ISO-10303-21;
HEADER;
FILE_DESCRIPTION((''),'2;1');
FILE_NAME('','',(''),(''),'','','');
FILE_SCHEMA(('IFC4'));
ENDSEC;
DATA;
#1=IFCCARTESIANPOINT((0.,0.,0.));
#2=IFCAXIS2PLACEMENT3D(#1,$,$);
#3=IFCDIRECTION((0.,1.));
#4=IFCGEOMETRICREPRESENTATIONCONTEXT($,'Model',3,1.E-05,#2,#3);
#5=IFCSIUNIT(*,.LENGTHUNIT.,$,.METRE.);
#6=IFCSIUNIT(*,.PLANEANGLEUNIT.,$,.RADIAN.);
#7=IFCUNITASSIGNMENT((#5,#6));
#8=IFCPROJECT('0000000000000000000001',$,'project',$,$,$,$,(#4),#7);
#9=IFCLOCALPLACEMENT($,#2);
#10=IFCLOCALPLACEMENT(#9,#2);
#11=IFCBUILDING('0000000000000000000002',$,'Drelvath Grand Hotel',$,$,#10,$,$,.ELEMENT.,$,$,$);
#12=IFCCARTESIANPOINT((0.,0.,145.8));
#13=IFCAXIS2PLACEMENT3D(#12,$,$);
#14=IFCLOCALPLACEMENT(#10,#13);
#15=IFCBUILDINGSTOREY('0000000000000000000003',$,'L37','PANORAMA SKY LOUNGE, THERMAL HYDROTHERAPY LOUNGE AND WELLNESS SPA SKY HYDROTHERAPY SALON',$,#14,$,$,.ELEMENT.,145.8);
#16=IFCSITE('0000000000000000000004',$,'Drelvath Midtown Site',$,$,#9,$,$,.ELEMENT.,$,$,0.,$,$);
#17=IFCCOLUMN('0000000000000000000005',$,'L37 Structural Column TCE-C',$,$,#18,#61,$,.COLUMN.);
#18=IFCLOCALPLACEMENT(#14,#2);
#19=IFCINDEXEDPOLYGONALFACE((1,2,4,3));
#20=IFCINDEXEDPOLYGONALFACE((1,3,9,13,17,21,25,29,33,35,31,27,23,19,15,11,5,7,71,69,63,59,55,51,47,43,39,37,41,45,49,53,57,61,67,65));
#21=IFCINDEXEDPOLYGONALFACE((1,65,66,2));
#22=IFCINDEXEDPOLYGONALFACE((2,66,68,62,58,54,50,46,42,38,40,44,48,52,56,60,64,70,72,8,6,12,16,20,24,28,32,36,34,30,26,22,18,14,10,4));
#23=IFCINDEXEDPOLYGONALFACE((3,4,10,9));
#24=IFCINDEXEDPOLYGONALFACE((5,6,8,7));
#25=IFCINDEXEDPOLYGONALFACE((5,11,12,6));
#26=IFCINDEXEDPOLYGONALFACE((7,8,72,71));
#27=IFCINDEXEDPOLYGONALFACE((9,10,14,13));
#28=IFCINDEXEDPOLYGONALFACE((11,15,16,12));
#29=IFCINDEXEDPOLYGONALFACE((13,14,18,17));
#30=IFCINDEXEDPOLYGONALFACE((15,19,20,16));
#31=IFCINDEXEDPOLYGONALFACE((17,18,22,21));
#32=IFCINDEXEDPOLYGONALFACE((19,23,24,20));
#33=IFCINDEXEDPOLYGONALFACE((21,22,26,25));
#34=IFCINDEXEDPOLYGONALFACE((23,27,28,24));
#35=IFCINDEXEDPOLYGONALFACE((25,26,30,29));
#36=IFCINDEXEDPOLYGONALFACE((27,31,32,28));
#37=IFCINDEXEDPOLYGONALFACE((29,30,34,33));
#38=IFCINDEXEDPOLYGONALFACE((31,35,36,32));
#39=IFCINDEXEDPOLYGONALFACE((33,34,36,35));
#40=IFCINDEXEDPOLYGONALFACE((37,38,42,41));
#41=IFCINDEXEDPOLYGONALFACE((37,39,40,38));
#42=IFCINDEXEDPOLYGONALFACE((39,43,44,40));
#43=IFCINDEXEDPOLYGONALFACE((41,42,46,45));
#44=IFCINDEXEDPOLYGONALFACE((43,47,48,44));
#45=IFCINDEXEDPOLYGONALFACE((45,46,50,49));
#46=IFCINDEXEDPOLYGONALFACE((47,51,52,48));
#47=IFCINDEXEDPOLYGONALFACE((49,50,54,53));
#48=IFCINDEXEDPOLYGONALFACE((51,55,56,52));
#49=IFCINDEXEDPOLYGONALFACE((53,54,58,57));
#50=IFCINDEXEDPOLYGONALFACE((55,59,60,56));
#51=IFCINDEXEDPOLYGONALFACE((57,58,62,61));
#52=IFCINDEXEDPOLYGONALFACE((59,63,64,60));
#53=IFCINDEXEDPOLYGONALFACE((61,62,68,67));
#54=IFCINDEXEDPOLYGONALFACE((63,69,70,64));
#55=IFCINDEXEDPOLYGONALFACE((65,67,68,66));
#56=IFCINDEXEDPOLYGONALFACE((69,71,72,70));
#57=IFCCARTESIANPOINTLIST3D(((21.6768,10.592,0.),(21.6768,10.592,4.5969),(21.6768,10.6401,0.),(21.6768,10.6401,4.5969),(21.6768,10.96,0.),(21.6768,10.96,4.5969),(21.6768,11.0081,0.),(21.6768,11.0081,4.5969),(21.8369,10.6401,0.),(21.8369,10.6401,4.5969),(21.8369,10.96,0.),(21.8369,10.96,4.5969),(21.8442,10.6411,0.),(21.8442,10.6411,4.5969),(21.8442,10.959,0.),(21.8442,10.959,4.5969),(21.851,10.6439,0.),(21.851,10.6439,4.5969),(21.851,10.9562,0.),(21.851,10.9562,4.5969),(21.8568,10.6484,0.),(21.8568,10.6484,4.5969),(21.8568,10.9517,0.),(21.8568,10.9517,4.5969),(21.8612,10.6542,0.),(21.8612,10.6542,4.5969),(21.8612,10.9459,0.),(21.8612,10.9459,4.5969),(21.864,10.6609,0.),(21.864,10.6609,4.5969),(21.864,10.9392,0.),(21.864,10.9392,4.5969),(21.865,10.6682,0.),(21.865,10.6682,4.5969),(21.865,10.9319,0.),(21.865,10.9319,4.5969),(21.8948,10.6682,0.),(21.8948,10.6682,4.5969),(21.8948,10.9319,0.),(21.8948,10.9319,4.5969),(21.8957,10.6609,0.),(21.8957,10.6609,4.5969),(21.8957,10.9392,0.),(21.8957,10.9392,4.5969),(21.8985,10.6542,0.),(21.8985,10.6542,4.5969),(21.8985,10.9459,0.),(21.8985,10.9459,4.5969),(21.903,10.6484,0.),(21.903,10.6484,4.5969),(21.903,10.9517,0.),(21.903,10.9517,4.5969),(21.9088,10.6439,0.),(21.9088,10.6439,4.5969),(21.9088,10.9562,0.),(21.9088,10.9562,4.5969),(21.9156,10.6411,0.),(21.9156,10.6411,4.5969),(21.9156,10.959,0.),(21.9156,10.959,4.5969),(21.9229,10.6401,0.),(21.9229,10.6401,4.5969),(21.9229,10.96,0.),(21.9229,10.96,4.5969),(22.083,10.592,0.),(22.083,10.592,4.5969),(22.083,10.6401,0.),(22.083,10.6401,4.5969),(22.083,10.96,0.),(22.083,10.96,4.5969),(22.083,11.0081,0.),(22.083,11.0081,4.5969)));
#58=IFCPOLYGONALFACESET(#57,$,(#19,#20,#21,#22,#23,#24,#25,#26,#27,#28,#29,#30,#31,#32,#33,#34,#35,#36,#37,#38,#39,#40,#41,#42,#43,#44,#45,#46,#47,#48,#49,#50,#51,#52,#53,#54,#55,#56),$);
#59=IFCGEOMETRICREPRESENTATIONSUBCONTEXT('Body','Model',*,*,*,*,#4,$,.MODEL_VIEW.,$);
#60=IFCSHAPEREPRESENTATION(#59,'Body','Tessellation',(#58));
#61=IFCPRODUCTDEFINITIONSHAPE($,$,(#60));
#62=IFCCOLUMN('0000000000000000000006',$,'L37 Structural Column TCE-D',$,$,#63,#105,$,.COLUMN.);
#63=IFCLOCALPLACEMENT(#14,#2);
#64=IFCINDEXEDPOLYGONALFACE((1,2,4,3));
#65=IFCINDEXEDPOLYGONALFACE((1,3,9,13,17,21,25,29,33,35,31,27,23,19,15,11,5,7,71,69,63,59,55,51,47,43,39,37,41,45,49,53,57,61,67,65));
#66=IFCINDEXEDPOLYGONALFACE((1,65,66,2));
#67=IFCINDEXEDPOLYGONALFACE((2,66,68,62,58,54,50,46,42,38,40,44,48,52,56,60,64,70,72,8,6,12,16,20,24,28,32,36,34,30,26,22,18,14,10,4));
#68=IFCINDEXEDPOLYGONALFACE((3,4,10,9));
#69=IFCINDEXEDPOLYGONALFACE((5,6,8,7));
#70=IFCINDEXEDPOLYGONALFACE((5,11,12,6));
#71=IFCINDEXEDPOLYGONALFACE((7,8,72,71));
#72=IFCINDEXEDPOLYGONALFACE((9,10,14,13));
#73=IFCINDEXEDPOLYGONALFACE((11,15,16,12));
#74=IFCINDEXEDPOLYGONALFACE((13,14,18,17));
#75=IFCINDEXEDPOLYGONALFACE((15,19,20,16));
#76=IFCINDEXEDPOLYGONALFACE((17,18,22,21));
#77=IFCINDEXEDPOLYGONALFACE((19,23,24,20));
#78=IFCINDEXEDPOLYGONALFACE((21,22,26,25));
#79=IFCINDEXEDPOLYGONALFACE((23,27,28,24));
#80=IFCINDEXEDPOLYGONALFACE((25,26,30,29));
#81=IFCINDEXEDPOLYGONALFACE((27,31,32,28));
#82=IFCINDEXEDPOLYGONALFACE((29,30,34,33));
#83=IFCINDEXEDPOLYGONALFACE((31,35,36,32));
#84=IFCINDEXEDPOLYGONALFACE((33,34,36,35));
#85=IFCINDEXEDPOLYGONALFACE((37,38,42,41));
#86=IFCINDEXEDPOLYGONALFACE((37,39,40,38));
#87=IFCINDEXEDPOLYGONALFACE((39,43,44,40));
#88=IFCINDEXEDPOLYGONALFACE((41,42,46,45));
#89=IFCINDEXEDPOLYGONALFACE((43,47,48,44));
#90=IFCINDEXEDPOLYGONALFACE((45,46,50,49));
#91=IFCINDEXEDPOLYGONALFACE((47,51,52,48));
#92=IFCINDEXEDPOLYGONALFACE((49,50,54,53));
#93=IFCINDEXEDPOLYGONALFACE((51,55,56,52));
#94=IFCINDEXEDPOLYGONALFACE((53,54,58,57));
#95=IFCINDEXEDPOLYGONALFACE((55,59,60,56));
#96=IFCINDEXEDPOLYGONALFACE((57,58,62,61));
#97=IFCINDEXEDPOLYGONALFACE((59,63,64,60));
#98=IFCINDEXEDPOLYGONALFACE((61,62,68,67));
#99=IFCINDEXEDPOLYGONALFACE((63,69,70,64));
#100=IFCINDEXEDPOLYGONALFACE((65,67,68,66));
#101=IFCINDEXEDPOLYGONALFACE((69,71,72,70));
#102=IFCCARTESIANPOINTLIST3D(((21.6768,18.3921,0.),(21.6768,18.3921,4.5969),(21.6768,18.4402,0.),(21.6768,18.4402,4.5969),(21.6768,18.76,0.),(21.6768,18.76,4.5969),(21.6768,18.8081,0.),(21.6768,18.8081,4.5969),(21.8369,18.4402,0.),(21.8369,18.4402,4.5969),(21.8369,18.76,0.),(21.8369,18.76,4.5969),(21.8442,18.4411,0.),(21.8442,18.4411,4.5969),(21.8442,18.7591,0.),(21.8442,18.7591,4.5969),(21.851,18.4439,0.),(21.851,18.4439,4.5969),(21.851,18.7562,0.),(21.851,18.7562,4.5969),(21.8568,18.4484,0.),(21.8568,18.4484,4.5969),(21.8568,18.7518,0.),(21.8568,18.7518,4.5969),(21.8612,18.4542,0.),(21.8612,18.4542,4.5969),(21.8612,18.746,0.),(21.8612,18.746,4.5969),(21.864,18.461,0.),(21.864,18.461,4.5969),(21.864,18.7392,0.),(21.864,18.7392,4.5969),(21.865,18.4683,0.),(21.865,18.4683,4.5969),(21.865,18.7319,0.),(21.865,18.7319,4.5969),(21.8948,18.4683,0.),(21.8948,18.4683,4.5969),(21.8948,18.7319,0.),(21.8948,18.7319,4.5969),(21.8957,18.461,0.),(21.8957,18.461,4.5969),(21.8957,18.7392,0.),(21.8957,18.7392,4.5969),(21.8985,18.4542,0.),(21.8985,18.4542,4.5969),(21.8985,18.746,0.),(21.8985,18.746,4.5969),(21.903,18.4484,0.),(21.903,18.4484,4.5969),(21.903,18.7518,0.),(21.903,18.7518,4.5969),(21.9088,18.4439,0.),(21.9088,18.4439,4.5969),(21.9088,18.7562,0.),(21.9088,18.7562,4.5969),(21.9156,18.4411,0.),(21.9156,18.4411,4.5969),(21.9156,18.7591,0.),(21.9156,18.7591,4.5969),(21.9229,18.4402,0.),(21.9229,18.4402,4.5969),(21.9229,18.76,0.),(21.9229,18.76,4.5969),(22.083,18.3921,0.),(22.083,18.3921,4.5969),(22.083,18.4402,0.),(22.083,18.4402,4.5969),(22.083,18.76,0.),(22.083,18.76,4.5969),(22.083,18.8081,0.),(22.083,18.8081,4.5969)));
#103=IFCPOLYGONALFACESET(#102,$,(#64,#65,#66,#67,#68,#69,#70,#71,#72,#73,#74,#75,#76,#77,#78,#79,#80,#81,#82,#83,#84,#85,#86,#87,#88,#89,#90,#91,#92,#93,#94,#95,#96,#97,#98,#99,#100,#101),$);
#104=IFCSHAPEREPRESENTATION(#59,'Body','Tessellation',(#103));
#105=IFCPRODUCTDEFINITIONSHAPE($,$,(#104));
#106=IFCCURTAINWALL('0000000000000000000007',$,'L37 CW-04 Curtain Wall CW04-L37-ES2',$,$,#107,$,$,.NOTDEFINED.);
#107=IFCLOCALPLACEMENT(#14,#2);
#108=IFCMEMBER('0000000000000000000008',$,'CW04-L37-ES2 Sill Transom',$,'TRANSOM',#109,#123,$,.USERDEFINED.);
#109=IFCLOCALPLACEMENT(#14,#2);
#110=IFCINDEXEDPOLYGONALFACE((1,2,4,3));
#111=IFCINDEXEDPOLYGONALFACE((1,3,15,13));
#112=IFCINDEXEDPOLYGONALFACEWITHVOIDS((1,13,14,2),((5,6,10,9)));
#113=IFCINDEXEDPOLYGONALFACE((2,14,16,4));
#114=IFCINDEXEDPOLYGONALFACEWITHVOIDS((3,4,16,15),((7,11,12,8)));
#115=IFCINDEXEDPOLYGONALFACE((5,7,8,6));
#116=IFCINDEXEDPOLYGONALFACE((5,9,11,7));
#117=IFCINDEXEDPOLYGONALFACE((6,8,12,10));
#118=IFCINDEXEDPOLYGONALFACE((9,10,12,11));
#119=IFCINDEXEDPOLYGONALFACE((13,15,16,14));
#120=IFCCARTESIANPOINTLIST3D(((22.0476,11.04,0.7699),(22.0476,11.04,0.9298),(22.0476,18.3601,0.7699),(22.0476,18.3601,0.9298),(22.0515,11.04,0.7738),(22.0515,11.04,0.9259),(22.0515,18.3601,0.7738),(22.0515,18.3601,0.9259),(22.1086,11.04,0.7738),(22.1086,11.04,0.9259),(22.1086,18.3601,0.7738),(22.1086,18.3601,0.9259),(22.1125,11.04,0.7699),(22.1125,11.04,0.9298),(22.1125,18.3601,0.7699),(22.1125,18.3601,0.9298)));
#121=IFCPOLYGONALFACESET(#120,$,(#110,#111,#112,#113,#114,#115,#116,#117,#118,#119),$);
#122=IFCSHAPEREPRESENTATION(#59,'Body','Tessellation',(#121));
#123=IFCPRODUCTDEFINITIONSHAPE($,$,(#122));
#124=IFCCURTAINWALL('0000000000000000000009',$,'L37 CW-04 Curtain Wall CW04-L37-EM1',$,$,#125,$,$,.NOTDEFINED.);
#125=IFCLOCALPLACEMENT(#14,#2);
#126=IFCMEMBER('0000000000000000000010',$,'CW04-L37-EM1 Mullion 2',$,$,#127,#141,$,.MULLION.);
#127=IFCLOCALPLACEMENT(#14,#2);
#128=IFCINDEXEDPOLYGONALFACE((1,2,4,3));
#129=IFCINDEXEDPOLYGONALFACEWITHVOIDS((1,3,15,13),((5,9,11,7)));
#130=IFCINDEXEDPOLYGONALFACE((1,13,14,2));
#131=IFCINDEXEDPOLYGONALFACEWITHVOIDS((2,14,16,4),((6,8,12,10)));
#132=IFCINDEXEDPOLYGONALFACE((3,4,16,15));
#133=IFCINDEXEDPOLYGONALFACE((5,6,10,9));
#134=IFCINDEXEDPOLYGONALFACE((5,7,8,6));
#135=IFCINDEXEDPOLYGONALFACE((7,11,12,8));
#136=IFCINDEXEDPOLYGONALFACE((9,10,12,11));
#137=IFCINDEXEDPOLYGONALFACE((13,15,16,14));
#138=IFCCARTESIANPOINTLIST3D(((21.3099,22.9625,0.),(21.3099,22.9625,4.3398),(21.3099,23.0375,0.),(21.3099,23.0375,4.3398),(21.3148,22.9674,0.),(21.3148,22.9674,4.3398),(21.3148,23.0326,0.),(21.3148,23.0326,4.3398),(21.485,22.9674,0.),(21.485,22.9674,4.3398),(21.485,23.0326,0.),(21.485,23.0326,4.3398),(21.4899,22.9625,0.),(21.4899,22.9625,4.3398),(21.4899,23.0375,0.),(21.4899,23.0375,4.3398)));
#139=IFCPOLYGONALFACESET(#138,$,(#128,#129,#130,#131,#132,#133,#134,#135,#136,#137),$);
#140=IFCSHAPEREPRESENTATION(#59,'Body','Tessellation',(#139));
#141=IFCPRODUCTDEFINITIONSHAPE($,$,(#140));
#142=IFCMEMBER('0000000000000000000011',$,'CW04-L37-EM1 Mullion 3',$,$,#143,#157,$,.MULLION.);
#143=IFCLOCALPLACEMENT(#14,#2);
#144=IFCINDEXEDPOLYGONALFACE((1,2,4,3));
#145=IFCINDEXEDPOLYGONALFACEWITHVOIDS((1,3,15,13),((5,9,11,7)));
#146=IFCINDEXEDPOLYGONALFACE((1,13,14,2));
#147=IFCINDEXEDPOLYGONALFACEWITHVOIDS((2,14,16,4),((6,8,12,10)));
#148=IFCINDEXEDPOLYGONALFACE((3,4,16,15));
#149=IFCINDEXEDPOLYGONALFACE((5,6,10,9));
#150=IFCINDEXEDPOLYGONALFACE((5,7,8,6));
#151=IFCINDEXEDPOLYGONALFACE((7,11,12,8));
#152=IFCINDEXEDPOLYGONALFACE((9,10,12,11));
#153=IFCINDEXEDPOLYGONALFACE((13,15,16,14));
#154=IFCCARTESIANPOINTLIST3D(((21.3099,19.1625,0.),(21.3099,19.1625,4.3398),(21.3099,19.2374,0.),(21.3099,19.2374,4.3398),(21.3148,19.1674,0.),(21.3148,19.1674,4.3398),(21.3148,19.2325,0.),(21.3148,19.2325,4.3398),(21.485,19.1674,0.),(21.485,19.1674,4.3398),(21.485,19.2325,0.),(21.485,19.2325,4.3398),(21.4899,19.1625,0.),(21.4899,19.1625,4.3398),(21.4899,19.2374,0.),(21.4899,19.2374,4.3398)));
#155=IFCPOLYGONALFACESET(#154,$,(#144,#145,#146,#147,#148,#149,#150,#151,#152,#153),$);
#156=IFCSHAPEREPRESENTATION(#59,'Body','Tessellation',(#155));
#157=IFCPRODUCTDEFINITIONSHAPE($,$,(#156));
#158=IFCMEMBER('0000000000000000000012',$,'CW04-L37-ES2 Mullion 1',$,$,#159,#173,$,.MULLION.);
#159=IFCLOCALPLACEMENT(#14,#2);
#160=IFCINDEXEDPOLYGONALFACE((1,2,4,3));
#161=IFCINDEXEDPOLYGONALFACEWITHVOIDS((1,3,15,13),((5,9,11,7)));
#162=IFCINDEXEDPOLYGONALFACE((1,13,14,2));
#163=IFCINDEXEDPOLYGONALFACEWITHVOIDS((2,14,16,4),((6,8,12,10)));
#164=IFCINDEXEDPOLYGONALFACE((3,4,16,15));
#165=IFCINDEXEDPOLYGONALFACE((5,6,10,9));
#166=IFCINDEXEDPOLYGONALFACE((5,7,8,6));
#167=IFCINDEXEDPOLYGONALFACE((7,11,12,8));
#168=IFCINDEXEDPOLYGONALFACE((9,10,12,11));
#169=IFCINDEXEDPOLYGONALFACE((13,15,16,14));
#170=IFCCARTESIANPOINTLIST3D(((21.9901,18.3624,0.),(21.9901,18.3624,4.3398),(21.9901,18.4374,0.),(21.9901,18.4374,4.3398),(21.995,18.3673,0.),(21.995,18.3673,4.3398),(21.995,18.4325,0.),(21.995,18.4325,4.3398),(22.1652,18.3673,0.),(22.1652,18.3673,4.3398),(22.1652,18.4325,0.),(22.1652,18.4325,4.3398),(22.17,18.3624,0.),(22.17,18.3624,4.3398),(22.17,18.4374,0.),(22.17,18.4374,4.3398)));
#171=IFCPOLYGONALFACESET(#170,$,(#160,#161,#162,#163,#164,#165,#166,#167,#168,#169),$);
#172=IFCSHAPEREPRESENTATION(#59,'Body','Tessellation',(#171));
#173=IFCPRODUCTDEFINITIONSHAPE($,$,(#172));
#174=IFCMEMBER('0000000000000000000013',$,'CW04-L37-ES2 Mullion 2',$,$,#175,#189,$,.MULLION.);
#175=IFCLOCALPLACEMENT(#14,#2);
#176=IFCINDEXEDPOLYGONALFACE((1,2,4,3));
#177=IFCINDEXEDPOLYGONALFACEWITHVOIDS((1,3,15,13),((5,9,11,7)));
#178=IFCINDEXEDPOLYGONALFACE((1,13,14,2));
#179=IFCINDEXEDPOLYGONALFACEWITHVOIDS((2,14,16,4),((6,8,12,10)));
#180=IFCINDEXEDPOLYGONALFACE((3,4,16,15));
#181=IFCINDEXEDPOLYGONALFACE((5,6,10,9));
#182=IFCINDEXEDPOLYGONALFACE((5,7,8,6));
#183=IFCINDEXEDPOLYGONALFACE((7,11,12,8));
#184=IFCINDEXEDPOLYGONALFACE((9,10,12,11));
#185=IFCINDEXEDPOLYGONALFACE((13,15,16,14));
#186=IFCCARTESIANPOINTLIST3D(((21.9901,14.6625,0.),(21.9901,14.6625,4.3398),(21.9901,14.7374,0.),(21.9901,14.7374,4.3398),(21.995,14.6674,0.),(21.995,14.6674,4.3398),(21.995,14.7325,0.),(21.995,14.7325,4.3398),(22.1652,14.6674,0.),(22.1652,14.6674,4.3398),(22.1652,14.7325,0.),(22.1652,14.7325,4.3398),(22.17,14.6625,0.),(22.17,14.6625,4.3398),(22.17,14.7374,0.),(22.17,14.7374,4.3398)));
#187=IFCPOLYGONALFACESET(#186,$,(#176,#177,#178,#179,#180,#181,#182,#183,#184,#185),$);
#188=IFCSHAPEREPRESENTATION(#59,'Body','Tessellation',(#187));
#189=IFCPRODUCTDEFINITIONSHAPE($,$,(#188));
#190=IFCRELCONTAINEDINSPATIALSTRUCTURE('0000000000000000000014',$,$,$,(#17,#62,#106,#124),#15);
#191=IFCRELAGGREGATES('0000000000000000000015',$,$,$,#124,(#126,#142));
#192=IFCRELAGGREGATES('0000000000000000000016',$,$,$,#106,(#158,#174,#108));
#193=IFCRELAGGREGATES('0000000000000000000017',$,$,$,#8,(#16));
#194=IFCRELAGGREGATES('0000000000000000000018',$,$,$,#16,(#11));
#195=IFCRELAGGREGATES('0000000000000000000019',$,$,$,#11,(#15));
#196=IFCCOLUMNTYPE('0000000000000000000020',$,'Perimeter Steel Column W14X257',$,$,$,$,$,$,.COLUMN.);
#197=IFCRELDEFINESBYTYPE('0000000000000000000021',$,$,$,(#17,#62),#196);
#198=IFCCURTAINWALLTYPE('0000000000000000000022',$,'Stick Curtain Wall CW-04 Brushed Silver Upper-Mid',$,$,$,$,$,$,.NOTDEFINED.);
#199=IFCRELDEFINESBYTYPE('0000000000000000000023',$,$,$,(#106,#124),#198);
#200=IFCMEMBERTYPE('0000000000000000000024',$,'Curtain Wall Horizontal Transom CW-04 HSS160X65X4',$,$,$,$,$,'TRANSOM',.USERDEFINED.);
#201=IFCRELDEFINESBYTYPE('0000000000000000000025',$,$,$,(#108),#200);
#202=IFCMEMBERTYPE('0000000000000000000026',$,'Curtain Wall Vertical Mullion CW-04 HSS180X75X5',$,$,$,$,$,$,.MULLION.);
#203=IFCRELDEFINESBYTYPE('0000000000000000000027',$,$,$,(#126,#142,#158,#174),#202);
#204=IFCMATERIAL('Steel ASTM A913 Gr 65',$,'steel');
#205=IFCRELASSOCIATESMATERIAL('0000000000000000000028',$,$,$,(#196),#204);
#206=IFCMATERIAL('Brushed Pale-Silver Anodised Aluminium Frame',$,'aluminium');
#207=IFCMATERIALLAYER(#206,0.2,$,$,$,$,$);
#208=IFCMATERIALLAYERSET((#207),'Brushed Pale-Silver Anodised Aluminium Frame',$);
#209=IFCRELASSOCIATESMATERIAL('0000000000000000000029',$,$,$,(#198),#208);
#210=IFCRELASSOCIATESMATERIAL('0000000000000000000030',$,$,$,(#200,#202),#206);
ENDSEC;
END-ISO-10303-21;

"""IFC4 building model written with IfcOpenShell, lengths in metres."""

from ifc_helpers import new_model, si_unit, direction, frame, origin, origin_2d, place, context, subcontext, project, spatial, hollow_rectangle, i_section, extrude, material, layer, layer_set, material_profile, profile_set, type_object, element, aggregate, save


model = new_model("IFC4")

# Units and contexts
model_context = context("Model", 3, precision=1e-05, world=origin(), true_north=direction((0.0, 1.0)))
body_context = subcontext(model_context, "Body", "Model", "MODEL_VIEW")
ifc_project = project(units=[si_unit("LENGTHUNIT", "METRE"), si_unit("PLANEANGLEUNIT", "RADIAN")], contexts=[model_context])

# Site, building, storey
site_placement = place(None, origin())
site = spatial("IfcSite", under=ifc_project, at=site_placement, Name="Drelvath Midtown Site", CompositionType="ELEMENT", RefElevation=0.0)
building_placement = place(site_placement, origin())
building = spatial("IfcBuilding", under=site, at=building_placement, Name="Drelvath Grand Hotel", CompositionType="ELEMENT")
storey_placement = place(building_placement, frame((0.0, 0.0, 145.8)))
storey = spatial("IfcBuildingStorey", under=building, at=storey_placement, Name="L37", Description="PANORAMA SKY LOUNGE, THERMAL HYDROTHERAPY LOUNGE AND WELLNESS SPA SKY HYDROTHERAPY SALON", CompositionType="ELEMENT", Elevation=145.8)

# Columns
ifc_material_1 = material(Name="Steel ASTM A913 Gr 65", Category="steel")
ifc_material_profile_1 = material_profile(ifc_material_1, i_section(OverallWidth=0.4062, OverallDepth=0.416, WebThickness=0.0298, FlangeThickness=0.0481, FilletRadius=0.0281, at=origin_2d()), Name="W14X257")
ifc_profile_set_1 = profile_set([ifc_material_profile_1], Name="Steel ASTM A913 Gr 65")
column_type = type_object("IfcColumnType", Name="Perimeter Steel Column W14X257", PredefinedType="COLUMN", material=ifc_profile_set_1)
for number, where, z_axis, x_axis, name in (
    (1, (21.8799, 10.8, 0.0), (0.0, 0.0, 1.0), (1.0, 0.0, 0.0), "L37 Structural Column TCE-C"),
    (2, (21.8799, 18.6001, 0.0), (0.0, 0.0, 1.0), (1.0, 0.0, 0.0), "L37 Structural Column TCE-D"),
):
    element("IfcColumn", number, at=place(storey_placement, frame(where, z_axis=z_axis, x_axis=x_axis)), inside=storey, type_object=column_type, Name=name, PredefinedType="COLUMN", context=body_context, shape_type="SweptSolid", body=[
        extrude(i_section(OverallWidth=0.4062, OverallDepth=0.416, WebThickness=0.0298, FlangeThickness=0.0481, FilletRadius=0.0281, at=origin_2d()), origin(), (0.0, 0.0, 1.0), 4.5969),
    ])

# Curtain wall, member
ifc_material_2 = material(Name="Brushed Pale-Silver Anodised Aluminium Frame", Category="aluminium")
ifc_layer_1 = layer(ifc_material_2, 0.2)
ifc_layer_set_1 = layer_set([ifc_layer_1], Name="Brushed Pale-Silver Anodised Aluminium Frame")
curtain_wall_type = type_object("IfcCurtainWallType", Name="Stick Curtain Wall CW-04 Brushed Silver Upper-Mid", PredefinedType="NOTDEFINED", material=ifc_layer_set_1)
curtain_wall_1_placement = place(storey_placement, origin())
curtain_wall_1 = element("IfcCurtainWall", 3, at=curtain_wall_1_placement, inside=storey, type_object=curtain_wall_type, Name="L37 CW-04 Curtain Wall CW04-L37-ES2", PredefinedType="NOTDEFINED")
ifc_material_profile_2 = material_profile(ifc_material_2, hollow_rectangle(XDim=0.0649, YDim=0.1599, WallThickness=0.0039, at=origin_2d()), Name="HSS160X65X4")
ifc_profile_set_2 = profile_set([ifc_material_profile_2], Name="Brushed Pale-Silver Anodised Aluminium Frame")
member_type_1 = type_object("IfcMemberType", Name="Curtain Wall Horizontal Transom CW-04 HSS160X65X4", ElementType="TRANSOM", PredefinedType="USERDEFINED", material=ifc_profile_set_2)
member_1_placement = place(storey_placement, frame((22.0801, 18.3601, 0.8499), z_axis=(0.0, -1.0, 0.0), x_axis=(1.0, 0.0, 0.0)))
member_1 = element("IfcMember", 4, at=member_1_placement, type_object=member_type_1, Name="CW04-L37-ES2 Sill Transom", ObjectType="TRANSOM", PredefinedType="USERDEFINED", context=body_context, shape_type="SweptSolid", body=[
    extrude(hollow_rectangle(XDim=0.0649, YDim=0.1599, WallThickness=0.0039, at=origin_2d()), origin(), (0.0, 0.0, 1.0), 7.3201),
])

# Curtain wall, members
curtain_wall_2_placement = place(storey_placement, origin())
curtain_wall_2 = element("IfcCurtainWall", 5, at=curtain_wall_2_placement, inside=storey, type_object=curtain_wall_type, Name="L37 CW-04 Curtain Wall CW04-L37-EM1", PredefinedType="NOTDEFINED")
ifc_material_profile_3 = material_profile(ifc_material_2, hollow_rectangle(XDim=0.075, YDim=0.1799, WallThickness=0.0049, at=origin_2d()), Name="HSS180X75X5")
ifc_profile_set_3 = profile_set([ifc_material_profile_3], Name="Brushed Pale-Silver Anodised Aluminium Frame")
member_type_2 = type_object("IfcMemberType", Name="Curtain Wall Vertical Mullion CW-04 HSS180X75X5", PredefinedType="MULLION", material=ifc_profile_set_3)
member_2_placement = place(storey_placement, frame((21.3999, 23.0, 0.0), z_axis=(0.0, 0.0, 1.0), x_axis=(0.0, 1.0, 0.0)))
member_2 = element("IfcMember", 6, at=member_2_placement, type_object=member_type_2, Name="CW04-L37-EM1 Mullion 2", PredefinedType="MULLION", context=body_context, shape_type="SweptSolid", body=[
    extrude(hollow_rectangle(XDim=0.075, YDim=0.1799, WallThickness=0.0049, at=origin_2d()), origin(), (0.0, 0.0, 1.0), 4.3398),
])
member_3_placement = place(storey_placement, frame((21.3999, 19.2, 0.0), z_axis=(0.0, 0.0, 1.0), x_axis=(0.0, 1.0, 0.0)))
member_3 = element("IfcMember", 7, at=member_3_placement, type_object=member_type_2, Name="CW04-L37-EM1 Mullion 3", PredefinedType="MULLION", context=body_context, shape_type="SweptSolid", body=[
    extrude(hollow_rectangle(XDim=0.075, YDim=0.1799, WallThickness=0.0049, at=origin_2d()), origin(), (0.0, 0.0, 1.0), 4.3398),
])

# Members
member_4_placement = place(storey_placement, frame((22.0801, 18.3999, 0.0), z_axis=(0.0, 0.0, 1.0), x_axis=(0.0, 1.0, 0.0)))
member_4 = element("IfcMember", 8, at=member_4_placement, type_object=member_type_2, Name="CW04-L37-ES2 Mullion 1", PredefinedType="MULLION", context=body_context, shape_type="SweptSolid", body=[
    extrude(hollow_rectangle(XDim=0.075, YDim=0.1799, WallThickness=0.0049, at=origin_2d()), origin(), (0.0, 0.0, 1.0), 4.3398),
])
member_5_placement = place(storey_placement, frame((22.0801, 14.7, 0.0), z_axis=(0.0, 0.0, 1.0), x_axis=(0.0, 1.0, 0.0)))
member_5 = element("IfcMember", 9, at=member_5_placement, type_object=member_type_2, Name="CW04-L37-ES2 Mullion 2", PredefinedType="MULLION", context=body_context, shape_type="SweptSolid", body=[
    extrude(hollow_rectangle(XDim=0.075, YDim=0.1799, WallThickness=0.0049, at=origin_2d()), origin(), (0.0, 0.0, 1.0), 4.3398),
])

aggregate(curtain_wall_2, [member_2, member_3])
aggregate(curtain_wall_1, [member_4, member_5, member_1])

save(model, "model.ifc")
